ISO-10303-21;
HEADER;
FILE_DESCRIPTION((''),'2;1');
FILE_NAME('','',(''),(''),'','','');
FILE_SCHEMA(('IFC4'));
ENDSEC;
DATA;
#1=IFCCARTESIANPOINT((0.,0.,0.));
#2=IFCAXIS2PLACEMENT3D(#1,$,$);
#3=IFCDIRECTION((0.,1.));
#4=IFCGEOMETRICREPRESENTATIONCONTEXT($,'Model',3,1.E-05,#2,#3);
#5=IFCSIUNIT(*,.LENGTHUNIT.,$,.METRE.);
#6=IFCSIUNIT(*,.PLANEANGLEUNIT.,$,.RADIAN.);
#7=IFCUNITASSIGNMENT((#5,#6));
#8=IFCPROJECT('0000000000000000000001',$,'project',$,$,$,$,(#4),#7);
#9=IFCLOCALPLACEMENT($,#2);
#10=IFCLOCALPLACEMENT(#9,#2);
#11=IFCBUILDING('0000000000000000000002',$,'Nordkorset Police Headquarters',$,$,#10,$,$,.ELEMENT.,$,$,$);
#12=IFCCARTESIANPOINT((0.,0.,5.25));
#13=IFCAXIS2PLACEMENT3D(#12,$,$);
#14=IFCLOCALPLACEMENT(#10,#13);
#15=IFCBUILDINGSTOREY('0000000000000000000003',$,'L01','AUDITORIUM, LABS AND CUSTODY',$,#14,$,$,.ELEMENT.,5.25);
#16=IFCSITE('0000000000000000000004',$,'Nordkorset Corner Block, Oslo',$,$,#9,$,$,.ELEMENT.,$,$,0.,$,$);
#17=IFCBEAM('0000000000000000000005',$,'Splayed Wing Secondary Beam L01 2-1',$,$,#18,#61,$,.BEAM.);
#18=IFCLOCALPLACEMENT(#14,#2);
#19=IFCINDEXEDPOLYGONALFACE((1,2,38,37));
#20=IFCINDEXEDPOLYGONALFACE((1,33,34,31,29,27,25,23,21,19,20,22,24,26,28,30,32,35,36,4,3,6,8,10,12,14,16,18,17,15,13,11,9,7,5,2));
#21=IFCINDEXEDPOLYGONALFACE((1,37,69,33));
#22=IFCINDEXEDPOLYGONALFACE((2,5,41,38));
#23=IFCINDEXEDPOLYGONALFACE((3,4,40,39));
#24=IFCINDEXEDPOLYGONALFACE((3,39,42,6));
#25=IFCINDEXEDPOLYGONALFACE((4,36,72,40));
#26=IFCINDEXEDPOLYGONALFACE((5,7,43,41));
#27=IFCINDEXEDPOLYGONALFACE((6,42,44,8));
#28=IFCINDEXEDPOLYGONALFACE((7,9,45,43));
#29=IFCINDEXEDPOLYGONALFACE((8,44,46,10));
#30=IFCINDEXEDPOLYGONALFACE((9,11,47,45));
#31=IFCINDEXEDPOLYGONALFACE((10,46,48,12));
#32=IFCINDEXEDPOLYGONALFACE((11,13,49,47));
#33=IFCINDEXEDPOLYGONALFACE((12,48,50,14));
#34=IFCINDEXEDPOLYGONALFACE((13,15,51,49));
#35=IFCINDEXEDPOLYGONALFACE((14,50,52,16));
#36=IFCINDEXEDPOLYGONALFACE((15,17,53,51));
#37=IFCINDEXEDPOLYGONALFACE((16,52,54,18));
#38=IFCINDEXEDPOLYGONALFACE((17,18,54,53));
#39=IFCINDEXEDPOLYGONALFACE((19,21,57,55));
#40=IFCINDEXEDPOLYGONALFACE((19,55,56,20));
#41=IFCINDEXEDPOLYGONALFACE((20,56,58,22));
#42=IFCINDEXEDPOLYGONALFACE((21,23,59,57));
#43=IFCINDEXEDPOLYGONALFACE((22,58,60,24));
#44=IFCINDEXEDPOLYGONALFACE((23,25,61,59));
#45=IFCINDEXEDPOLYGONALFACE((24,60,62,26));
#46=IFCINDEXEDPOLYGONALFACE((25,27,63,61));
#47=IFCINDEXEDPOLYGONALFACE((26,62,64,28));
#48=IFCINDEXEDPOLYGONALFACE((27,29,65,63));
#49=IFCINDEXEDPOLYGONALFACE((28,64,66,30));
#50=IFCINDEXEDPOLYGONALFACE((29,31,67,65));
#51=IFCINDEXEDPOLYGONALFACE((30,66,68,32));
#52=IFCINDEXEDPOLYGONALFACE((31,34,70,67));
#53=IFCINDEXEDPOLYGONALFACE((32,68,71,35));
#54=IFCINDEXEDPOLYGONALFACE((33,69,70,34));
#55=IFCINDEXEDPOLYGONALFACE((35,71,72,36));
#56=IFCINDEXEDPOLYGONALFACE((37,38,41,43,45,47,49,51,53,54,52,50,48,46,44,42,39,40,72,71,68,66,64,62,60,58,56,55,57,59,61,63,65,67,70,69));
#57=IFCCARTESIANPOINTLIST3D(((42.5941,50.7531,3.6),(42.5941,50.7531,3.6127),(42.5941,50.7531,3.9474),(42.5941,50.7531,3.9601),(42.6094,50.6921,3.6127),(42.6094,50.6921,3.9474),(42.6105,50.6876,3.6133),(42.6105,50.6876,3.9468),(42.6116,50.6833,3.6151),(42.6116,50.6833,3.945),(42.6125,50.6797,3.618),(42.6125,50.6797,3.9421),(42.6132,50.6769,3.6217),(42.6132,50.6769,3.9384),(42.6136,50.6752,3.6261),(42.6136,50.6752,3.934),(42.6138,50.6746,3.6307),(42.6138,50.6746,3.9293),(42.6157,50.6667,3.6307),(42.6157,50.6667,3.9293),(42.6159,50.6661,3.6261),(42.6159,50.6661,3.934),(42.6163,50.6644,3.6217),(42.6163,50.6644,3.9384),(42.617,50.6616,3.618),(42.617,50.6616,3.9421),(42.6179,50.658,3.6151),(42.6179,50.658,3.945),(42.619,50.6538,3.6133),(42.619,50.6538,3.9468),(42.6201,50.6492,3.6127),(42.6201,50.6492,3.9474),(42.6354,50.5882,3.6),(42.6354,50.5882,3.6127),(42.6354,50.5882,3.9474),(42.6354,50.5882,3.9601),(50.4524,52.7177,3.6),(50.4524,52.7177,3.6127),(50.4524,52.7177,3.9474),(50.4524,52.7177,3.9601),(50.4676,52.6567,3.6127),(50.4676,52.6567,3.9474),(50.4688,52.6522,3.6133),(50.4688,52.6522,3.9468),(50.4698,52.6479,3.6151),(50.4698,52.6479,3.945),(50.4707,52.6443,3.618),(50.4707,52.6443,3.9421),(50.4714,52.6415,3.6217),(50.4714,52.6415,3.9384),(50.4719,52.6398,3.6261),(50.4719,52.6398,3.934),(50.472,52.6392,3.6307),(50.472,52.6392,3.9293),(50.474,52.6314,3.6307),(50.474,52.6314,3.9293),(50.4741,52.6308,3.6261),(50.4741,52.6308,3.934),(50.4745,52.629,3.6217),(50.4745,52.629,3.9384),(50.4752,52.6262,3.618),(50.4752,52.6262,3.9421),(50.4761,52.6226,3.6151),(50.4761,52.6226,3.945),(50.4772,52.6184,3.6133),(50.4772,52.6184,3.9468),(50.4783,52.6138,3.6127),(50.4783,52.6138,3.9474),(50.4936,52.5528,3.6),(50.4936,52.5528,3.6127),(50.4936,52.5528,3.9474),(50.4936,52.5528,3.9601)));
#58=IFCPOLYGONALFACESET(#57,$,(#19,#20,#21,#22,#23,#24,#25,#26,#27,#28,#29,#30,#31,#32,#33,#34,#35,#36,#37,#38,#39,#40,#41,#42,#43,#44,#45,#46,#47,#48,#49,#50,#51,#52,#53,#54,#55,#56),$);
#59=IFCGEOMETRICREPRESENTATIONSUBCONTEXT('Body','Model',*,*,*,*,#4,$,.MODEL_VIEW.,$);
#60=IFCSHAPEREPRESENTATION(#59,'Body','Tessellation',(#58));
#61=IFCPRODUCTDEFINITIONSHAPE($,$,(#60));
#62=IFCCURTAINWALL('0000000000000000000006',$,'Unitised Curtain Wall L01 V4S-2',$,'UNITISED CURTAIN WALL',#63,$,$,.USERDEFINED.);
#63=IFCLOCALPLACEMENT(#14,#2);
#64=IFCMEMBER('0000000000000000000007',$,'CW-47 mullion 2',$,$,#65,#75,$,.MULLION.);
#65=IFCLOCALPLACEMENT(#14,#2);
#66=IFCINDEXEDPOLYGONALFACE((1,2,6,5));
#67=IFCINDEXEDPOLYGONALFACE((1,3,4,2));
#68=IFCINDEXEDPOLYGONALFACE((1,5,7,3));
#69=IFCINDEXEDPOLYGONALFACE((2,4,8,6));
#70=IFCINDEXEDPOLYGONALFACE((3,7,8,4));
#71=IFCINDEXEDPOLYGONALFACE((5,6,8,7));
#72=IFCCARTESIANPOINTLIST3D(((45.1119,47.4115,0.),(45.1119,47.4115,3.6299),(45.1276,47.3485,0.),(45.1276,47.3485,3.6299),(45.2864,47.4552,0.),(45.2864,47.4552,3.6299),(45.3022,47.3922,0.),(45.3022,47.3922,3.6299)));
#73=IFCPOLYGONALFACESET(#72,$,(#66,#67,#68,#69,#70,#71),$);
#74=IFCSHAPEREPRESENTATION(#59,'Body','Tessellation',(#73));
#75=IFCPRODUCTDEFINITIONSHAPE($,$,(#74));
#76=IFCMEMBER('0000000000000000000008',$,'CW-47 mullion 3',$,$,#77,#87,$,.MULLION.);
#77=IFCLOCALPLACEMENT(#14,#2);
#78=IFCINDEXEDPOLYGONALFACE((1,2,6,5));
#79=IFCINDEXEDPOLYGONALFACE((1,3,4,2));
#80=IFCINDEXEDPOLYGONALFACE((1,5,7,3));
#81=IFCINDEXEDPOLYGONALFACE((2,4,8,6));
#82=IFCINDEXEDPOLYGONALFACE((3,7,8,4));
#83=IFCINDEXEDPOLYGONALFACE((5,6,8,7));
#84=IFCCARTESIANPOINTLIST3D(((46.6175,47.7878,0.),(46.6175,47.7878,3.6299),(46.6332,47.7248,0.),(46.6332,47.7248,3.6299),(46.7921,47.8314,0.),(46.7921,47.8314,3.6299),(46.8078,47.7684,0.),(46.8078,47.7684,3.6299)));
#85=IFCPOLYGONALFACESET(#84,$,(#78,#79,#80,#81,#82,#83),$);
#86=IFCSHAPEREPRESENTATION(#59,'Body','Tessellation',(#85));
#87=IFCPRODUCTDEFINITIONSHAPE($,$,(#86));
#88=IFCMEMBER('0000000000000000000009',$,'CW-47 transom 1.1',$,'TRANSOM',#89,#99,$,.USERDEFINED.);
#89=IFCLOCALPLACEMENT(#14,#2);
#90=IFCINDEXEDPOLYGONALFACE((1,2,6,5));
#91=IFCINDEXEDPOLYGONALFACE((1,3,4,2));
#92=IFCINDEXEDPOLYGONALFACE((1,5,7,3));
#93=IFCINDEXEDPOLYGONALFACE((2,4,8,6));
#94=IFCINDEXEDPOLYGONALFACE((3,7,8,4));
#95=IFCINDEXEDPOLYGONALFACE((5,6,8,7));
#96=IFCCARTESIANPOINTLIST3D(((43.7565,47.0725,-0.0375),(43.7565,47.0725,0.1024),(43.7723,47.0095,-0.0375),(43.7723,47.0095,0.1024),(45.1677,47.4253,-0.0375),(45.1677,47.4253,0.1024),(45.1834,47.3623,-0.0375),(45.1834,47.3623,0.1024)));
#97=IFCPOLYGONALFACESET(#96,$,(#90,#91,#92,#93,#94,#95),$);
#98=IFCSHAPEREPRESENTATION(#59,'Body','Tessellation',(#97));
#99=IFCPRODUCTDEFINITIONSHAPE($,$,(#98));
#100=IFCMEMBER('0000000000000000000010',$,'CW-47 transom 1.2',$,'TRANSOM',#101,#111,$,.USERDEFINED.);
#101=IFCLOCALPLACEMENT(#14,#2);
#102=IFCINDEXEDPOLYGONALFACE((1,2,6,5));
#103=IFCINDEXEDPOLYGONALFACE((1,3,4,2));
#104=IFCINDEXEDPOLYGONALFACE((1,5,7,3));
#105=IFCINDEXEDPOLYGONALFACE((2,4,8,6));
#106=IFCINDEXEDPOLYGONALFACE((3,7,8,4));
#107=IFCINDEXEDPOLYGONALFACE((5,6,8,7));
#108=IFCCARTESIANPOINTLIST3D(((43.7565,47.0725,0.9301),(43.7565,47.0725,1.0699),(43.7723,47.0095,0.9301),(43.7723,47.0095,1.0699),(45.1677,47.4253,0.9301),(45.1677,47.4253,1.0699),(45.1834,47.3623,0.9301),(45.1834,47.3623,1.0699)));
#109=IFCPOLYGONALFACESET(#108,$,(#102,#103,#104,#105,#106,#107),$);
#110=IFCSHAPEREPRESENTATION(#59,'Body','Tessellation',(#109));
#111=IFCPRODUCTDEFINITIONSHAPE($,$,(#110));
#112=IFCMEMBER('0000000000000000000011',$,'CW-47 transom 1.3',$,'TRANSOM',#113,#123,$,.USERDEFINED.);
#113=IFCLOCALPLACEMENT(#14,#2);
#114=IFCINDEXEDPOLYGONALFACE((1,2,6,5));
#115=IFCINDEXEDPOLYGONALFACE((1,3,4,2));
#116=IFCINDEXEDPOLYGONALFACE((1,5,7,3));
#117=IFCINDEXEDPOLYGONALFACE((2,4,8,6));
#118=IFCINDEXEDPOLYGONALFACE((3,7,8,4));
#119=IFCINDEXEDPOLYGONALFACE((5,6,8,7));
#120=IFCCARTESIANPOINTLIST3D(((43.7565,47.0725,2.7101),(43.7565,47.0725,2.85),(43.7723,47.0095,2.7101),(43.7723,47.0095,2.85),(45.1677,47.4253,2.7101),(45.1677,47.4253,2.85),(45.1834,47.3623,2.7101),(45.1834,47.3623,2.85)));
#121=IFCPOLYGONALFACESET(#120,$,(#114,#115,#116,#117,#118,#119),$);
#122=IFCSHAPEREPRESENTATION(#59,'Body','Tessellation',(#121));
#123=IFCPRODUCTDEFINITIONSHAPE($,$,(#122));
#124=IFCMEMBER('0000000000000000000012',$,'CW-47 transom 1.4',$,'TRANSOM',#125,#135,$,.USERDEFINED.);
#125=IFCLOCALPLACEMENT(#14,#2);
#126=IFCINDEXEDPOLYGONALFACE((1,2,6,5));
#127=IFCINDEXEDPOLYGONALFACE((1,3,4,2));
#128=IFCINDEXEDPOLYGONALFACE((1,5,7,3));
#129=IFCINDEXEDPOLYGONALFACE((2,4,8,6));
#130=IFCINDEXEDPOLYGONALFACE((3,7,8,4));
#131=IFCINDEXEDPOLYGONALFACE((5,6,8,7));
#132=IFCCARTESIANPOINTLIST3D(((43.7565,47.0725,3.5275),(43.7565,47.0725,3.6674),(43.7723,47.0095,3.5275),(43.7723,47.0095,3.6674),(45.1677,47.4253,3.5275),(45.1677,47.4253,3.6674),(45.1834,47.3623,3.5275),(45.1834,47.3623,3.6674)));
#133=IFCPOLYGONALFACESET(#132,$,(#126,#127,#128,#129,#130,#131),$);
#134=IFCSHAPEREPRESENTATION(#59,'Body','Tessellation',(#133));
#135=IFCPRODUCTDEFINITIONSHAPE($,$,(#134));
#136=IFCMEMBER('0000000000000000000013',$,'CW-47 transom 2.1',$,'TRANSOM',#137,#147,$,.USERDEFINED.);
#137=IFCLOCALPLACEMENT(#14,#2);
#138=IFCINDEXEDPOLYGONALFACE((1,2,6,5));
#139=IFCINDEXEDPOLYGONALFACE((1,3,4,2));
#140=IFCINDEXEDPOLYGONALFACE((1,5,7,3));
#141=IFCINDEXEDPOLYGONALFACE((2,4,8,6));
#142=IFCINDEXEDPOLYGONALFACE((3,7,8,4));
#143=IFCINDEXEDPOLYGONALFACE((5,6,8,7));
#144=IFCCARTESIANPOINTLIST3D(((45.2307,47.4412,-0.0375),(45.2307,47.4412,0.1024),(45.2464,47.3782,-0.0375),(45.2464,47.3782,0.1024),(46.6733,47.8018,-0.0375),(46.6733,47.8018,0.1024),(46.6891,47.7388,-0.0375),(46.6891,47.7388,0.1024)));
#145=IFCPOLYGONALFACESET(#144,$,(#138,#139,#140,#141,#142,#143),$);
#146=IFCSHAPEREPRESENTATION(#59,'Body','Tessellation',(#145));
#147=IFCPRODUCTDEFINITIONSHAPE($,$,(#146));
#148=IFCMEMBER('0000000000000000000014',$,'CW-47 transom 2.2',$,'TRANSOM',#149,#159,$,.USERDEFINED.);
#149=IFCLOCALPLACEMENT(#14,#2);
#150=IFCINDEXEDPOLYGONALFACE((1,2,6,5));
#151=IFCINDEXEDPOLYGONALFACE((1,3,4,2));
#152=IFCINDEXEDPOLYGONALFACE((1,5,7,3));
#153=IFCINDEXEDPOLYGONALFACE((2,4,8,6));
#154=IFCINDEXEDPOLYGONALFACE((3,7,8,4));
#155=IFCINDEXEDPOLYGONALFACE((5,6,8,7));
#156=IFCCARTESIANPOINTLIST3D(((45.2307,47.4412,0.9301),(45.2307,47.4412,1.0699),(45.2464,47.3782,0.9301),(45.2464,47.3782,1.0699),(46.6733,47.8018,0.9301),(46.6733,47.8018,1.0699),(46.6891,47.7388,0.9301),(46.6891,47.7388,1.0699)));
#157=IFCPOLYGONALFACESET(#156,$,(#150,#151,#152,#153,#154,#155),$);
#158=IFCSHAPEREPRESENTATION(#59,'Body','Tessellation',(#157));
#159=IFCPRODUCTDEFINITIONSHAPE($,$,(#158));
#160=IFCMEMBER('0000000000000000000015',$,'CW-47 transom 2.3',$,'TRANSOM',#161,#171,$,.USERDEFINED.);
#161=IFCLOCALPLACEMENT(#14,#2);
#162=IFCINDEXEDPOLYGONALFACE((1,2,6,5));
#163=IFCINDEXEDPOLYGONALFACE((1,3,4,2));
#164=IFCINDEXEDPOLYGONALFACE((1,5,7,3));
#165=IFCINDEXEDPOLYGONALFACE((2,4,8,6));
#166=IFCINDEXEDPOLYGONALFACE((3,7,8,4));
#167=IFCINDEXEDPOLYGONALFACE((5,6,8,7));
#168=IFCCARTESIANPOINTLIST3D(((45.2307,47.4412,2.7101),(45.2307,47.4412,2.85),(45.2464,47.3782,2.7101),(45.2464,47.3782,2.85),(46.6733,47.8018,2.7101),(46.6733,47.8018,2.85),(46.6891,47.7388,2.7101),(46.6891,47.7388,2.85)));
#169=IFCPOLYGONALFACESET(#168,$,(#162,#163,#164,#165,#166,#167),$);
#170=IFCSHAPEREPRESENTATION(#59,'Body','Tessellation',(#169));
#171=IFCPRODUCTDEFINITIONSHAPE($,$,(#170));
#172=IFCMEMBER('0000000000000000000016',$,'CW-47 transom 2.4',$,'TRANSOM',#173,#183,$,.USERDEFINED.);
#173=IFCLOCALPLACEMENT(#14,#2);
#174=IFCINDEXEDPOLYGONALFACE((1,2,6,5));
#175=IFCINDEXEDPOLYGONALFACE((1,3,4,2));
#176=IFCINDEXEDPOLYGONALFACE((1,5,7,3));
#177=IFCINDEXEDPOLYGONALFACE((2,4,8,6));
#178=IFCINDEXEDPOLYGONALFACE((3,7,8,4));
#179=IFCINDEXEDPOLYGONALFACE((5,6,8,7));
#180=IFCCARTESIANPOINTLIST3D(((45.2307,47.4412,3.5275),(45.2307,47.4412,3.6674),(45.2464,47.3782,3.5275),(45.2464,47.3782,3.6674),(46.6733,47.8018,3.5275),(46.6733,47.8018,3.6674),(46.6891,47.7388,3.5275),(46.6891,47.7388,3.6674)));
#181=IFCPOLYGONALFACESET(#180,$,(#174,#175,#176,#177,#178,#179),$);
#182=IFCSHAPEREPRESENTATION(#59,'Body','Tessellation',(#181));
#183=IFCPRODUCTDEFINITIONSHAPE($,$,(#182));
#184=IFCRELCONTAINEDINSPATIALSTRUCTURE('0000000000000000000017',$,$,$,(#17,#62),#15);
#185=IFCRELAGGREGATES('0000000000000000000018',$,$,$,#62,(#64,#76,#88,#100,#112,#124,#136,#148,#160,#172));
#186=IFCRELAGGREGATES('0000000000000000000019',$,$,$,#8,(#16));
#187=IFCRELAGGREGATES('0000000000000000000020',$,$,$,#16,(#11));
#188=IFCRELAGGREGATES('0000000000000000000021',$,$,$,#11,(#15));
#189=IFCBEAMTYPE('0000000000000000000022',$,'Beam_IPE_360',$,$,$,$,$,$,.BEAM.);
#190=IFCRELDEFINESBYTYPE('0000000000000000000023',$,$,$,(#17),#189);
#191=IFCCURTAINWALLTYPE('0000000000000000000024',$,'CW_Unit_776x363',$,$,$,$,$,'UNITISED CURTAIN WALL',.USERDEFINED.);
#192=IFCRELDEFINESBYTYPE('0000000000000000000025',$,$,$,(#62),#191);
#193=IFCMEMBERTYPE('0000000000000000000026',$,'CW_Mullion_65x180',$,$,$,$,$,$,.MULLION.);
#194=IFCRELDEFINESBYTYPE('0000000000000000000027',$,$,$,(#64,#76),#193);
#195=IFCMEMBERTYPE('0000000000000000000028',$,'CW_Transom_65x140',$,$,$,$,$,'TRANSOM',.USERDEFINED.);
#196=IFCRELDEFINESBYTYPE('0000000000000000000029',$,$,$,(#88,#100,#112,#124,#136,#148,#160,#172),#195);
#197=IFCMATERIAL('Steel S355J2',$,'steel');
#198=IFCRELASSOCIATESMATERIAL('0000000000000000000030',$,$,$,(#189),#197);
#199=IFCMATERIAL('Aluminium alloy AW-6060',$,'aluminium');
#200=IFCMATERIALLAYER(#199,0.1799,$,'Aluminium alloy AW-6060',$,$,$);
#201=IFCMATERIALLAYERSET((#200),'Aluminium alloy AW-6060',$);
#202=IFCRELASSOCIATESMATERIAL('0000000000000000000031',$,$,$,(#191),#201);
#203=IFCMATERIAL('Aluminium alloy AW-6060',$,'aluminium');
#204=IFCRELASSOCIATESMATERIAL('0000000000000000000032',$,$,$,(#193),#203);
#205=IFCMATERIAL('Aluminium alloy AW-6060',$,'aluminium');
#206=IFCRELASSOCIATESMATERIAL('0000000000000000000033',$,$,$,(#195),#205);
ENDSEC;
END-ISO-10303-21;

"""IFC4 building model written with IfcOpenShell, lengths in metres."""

from ifc_helpers import new_model, si_unit, direction, frame, origin, origin_2d, place, context, subcontext, project, spatial, rectangle, i_section, extrude, material, layer, layer_set, material_profile, profile_set, type_object, element, aggregate, save


model = new_model("IFC4")

# Units and contexts
model_context = context("Model", 3, precision=1e-05, world=origin(), true_north=direction((0.0, 1.0)))
body_context = subcontext(model_context, "Body", "Model", "MODEL_VIEW")
ifc_project = project(units=[si_unit("LENGTHUNIT", "METRE"), si_unit("PLANEANGLEUNIT", "RADIAN")], contexts=[model_context])

# Site, building, storey
site_placement = place(None, origin())
site = spatial("IfcSite", under=ifc_project, at=site_placement, Name="Nordkorset Corner Block, Oslo", CompositionType="ELEMENT", RefElevation=0.0)
building_placement = place(site_placement, origin())
building = spatial("IfcBuilding", under=site, at=building_placement, Name="Nordkorset Police Headquarters", CompositionType="ELEMENT")
storey_placement = place(building_placement, frame((0.0, 0.0, 5.25)))
storey = spatial("IfcBuildingStorey", under=building, at=storey_placement, Name="L01", Description="AUDITORIUM, LABS AND CUSTODY", CompositionType="ELEMENT", Elevation=5.25)

# Beam
ifc_material_1 = material(Name="Steel S355J2", Category="steel")
ifc_material_profile_1 = material_profile(ifc_material_1, i_section(OverallWidth=0.1699, OverallDepth=0.3601, WebThickness=0.0081, FlangeThickness=0.0127, FilletRadius=0.0181, at=origin_2d()), Name="IPE 360")
ifc_profile_set_1 = profile_set([ifc_material_profile_1], Name="Steel S355J2")
beam_type_1 = type_object("IfcBeamType", Name="Beam_IPE_360", PredefinedType="BEAM", material=ifc_profile_set_1)
beam_1_placement = place(storey_placement, frame((42.6147, 50.6707, 3.78), z_axis=(0.970141, 0.242543, 0.0), x_axis=(-0.242543, 0.970141, 0.0)))
element("IfcBeam", 1, at=beam_1_placement, inside=storey, type_object=beam_type_1, Name="Splayed Wing Secondary Beam L01 2-1", PredefinedType="BEAM", context=body_context, shape_type="SweptSolid", body=[
    extrude(i_section(OverallWidth=0.1699, OverallDepth=0.3601, WebThickness=0.0081, FlangeThickness=0.0127, FilletRadius=0.0181, at=origin_2d()), origin(), (0.0, 0.0, 1.0), 8.1001),
])

# Curtain wall, members
ifc_material_2 = material(Name="Aluminium alloy AW-6060", Category="aluminium")
ifc_layer_1 = layer(ifc_material_2, 0.1799, Name="Aluminium alloy AW-6060")
ifc_layer_set_1 = layer_set([ifc_layer_1], Name="Aluminium alloy AW-6060")
curtain_wall_type = type_object("IfcCurtainWallType", Name="CW_Unit_776x363", ElementType="UNITISED CURTAIN WALL", PredefinedType="USERDEFINED", material=ifc_layer_set_1)
curtain_wall_placement = place(storey_placement, origin())
curtain_wall = element("IfcCurtainWall", 2, at=curtain_wall_placement, inside=storey, type_object=curtain_wall_type, Name="Unitised Curtain Wall L01 V4S-2", ObjectType="UNITISED CURTAIN WALL", PredefinedType="USERDEFINED")
ifc_material_3 = material(Name="Aluminium alloy AW-6060", Category="aluminium")
ifc_material_profile_2 = material_profile(ifc_material_3, rectangle(XDim=0.0649, YDim=0.1799, at=origin_2d()), Name="ALU MULL 65x180")
ifc_profile_set_2 = profile_set([ifc_material_profile_2], Name="Aluminium alloy AW-6060")
member_type_1 = type_object("IfcMemberType", Name="CW_Mullion_65x180", PredefinedType="MULLION", material=ifc_profile_set_2)
member_1_placement = place(storey_placement, frame((45.207, 47.4019, 0.0), z_axis=(0.0, 0.0, 1.0), x_axis=(-0.242535, 0.970143, 0.0)))
member_1 = element("IfcMember", 3, at=member_1_placement, type_object=member_type_1, Name="CW-47 mullion 2", PredefinedType="MULLION", context=body_context, shape_type="SweptSolid", body=[
    extrude(rectangle(XDim=0.0649, YDim=0.1799, at=origin_2d()), origin(), (0.0, 0.0, 1.0), 3.6299),
])
member_2_placement = place(storey_placement, frame((46.7126, 47.7781, 0.0), z_axis=(0.0, 0.0, 1.0), x_axis=(-0.242535, 0.970143, 0.0)))
member_2 = element("IfcMember", 4, at=member_2_placement, type_object=member_type_1, Name="CW-47 mullion 3", PredefinedType="MULLION", context=body_context, shape_type="SweptSolid", body=[
    extrude(rectangle(XDim=0.0649, YDim=0.1799, at=origin_2d()), origin(), (0.0, 0.0, 1.0), 3.6299),
])
ifc_material_4 = material(Name="Aluminium alloy AW-6060", Category="aluminium")
ifc_material_profile_3 = material_profile(ifc_material_4, rectangle(XDim=0.0649, YDim=0.1399, at=origin_2d()), Name="ALU TRAN 65x140")
ifc_profile_set_3 = profile_set([ifc_material_profile_3], Name="Aluminium alloy AW-6060")
member_type_2 = type_object("IfcMemberType", Name="CW_Transom_65x140", ElementType="TRANSOM", PredefinedType="USERDEFINED", material=ifc_profile_set_3)
member_3_placement = place(storey_placement, frame((43.7644, 47.041, 0.0325), z_axis=(0.970143, 0.242536, 0.0), x_axis=(-0.242536, 0.970143, 0.0)))
member_3 = element("IfcMember", 5, at=member_3_placement, type_object=member_type_2, Name="CW-47 transom 1.1", ObjectType="TRANSOM", PredefinedType="USERDEFINED", context=body_context, shape_type="SweptSolid", body=[
    extrude(rectangle(XDim=0.0649, YDim=0.1399, at=origin_2d()), origin(), (0.0, 0.0, 1.0), 1.4546),
])
member_4_placement = place(storey_placement, frame((43.7644, 47.041, 1.0), z_axis=(0.970143, 0.242536, 0.0), x_axis=(-0.242536, 0.970143, 0.0)))
member_4 = element("IfcMember", 6, at=member_4_placement, type_object=member_type_2, Name="CW-47 transom 1.2", ObjectType="TRANSOM", PredefinedType="USERDEFINED", context=body_context, shape_type="SweptSolid", body=[
    extrude(rectangle(XDim=0.0649, YDim=0.1399, at=origin_2d()), origin(), (0.0, 0.0, 1.0), 1.4546),
])
member_5_placement = place(storey_placement, frame((43.7644, 47.041, 2.78), z_axis=(0.970143, 0.242536, 0.0), x_axis=(-0.242536, 0.970143, 0.0)))
member_5 = element("IfcMember", 7, at=member_5_placement, type_object=member_type_2, Name="CW-47 transom 1.3", ObjectType="TRANSOM", PredefinedType="USERDEFINED", context=body_context, shape_type="SweptSolid", body=[
    extrude(rectangle(XDim=0.0649, YDim=0.1399, at=origin_2d()), origin(), (0.0, 0.0, 1.0), 1.4546),
])
member_6_placement = place(storey_placement, frame((43.7644, 47.041, 3.5974), z_axis=(0.970143, 0.242536, 0.0), x_axis=(-0.242536, 0.970143, 0.0)))
member_6 = element("IfcMember", 8, at=member_6_placement, type_object=member_type_2, Name="CW-47 transom 1.4", ObjectType="TRANSOM", PredefinedType="USERDEFINED", context=body_context, shape_type="SweptSolid", body=[
    extrude(rectangle(XDim=0.0649, YDim=0.1399, at=origin_2d()), origin(), (0.0, 0.0, 1.0), 1.4546),
])
member_7_placement = place(storey_placement, frame((45.2385, 47.4097, 0.0325), z_axis=(0.970152, 0.242497, 0.0), x_axis=(-0.242497, 0.970152, 0.0)))
member_7 = element("IfcMember", 9, at=member_7_placement, type_object=member_type_2, Name="CW-47 transom 2.1", ObjectType="TRANSOM", PredefinedType="USERDEFINED", context=body_context, shape_type="SweptSolid", body=[
    extrude(rectangle(XDim=0.0649, YDim=0.1399, at=origin_2d()), origin(), (0.0, 0.0, 1.0), 1.4871),
])
member_8_placement = place(storey_placement, frame((45.2385, 47.4097, 1.0), z_axis=(0.970152, 0.242497, 0.0), x_axis=(-0.242497, 0.970152, 0.0)))
member_8 = element("IfcMember", 10, at=member_8_placement, type_object=member_type_2, Name="CW-47 transom 2.2", ObjectType="TRANSOM", PredefinedType="USERDEFINED", context=body_context, shape_type="SweptSolid", body=[
    extrude(rectangle(XDim=0.0649, YDim=0.1399, at=origin_2d()), origin(), (0.0, 0.0, 1.0), 1.4871),
])
member_9_placement = place(storey_placement, frame((45.2385, 47.4097, 2.78), z_axis=(0.970152, 0.242497, 0.0), x_axis=(-0.242497, 0.970152, 0.0)))
member_9 = element("IfcMember", 11, at=member_9_placement, type_object=member_type_2, Name="CW-47 transom 2.3", ObjectType="TRANSOM", PredefinedType="USERDEFINED", context=body_context, shape_type="SweptSolid", body=[
    extrude(rectangle(XDim=0.0649, YDim=0.1399, at=origin_2d()), origin(), (0.0, 0.0, 1.0), 1.4871),
])
member_10_placement = place(storey_placement, frame((45.2385, 47.4097, 3.5974), z_axis=(0.970152, 0.242497, 0.0), x_axis=(-0.242497, 0.970152, 0.0)))
member_10 = element("IfcMember", 12, at=member_10_placement, type_object=member_type_2, Name="CW-47 transom 2.4", ObjectType="TRANSOM", PredefinedType="USERDEFINED", context=body_context, shape_type="SweptSolid", body=[
    extrude(rectangle(XDim=0.0649, YDim=0.1399, at=origin_2d()), origin(), (0.0, 0.0, 1.0), 1.4871),
])

aggregate(curtain_wall, [member_1, member_2, member_3, member_4, member_5, member_6, member_7, member_8, member_9, member_10])

save(model, "model.ifc")
